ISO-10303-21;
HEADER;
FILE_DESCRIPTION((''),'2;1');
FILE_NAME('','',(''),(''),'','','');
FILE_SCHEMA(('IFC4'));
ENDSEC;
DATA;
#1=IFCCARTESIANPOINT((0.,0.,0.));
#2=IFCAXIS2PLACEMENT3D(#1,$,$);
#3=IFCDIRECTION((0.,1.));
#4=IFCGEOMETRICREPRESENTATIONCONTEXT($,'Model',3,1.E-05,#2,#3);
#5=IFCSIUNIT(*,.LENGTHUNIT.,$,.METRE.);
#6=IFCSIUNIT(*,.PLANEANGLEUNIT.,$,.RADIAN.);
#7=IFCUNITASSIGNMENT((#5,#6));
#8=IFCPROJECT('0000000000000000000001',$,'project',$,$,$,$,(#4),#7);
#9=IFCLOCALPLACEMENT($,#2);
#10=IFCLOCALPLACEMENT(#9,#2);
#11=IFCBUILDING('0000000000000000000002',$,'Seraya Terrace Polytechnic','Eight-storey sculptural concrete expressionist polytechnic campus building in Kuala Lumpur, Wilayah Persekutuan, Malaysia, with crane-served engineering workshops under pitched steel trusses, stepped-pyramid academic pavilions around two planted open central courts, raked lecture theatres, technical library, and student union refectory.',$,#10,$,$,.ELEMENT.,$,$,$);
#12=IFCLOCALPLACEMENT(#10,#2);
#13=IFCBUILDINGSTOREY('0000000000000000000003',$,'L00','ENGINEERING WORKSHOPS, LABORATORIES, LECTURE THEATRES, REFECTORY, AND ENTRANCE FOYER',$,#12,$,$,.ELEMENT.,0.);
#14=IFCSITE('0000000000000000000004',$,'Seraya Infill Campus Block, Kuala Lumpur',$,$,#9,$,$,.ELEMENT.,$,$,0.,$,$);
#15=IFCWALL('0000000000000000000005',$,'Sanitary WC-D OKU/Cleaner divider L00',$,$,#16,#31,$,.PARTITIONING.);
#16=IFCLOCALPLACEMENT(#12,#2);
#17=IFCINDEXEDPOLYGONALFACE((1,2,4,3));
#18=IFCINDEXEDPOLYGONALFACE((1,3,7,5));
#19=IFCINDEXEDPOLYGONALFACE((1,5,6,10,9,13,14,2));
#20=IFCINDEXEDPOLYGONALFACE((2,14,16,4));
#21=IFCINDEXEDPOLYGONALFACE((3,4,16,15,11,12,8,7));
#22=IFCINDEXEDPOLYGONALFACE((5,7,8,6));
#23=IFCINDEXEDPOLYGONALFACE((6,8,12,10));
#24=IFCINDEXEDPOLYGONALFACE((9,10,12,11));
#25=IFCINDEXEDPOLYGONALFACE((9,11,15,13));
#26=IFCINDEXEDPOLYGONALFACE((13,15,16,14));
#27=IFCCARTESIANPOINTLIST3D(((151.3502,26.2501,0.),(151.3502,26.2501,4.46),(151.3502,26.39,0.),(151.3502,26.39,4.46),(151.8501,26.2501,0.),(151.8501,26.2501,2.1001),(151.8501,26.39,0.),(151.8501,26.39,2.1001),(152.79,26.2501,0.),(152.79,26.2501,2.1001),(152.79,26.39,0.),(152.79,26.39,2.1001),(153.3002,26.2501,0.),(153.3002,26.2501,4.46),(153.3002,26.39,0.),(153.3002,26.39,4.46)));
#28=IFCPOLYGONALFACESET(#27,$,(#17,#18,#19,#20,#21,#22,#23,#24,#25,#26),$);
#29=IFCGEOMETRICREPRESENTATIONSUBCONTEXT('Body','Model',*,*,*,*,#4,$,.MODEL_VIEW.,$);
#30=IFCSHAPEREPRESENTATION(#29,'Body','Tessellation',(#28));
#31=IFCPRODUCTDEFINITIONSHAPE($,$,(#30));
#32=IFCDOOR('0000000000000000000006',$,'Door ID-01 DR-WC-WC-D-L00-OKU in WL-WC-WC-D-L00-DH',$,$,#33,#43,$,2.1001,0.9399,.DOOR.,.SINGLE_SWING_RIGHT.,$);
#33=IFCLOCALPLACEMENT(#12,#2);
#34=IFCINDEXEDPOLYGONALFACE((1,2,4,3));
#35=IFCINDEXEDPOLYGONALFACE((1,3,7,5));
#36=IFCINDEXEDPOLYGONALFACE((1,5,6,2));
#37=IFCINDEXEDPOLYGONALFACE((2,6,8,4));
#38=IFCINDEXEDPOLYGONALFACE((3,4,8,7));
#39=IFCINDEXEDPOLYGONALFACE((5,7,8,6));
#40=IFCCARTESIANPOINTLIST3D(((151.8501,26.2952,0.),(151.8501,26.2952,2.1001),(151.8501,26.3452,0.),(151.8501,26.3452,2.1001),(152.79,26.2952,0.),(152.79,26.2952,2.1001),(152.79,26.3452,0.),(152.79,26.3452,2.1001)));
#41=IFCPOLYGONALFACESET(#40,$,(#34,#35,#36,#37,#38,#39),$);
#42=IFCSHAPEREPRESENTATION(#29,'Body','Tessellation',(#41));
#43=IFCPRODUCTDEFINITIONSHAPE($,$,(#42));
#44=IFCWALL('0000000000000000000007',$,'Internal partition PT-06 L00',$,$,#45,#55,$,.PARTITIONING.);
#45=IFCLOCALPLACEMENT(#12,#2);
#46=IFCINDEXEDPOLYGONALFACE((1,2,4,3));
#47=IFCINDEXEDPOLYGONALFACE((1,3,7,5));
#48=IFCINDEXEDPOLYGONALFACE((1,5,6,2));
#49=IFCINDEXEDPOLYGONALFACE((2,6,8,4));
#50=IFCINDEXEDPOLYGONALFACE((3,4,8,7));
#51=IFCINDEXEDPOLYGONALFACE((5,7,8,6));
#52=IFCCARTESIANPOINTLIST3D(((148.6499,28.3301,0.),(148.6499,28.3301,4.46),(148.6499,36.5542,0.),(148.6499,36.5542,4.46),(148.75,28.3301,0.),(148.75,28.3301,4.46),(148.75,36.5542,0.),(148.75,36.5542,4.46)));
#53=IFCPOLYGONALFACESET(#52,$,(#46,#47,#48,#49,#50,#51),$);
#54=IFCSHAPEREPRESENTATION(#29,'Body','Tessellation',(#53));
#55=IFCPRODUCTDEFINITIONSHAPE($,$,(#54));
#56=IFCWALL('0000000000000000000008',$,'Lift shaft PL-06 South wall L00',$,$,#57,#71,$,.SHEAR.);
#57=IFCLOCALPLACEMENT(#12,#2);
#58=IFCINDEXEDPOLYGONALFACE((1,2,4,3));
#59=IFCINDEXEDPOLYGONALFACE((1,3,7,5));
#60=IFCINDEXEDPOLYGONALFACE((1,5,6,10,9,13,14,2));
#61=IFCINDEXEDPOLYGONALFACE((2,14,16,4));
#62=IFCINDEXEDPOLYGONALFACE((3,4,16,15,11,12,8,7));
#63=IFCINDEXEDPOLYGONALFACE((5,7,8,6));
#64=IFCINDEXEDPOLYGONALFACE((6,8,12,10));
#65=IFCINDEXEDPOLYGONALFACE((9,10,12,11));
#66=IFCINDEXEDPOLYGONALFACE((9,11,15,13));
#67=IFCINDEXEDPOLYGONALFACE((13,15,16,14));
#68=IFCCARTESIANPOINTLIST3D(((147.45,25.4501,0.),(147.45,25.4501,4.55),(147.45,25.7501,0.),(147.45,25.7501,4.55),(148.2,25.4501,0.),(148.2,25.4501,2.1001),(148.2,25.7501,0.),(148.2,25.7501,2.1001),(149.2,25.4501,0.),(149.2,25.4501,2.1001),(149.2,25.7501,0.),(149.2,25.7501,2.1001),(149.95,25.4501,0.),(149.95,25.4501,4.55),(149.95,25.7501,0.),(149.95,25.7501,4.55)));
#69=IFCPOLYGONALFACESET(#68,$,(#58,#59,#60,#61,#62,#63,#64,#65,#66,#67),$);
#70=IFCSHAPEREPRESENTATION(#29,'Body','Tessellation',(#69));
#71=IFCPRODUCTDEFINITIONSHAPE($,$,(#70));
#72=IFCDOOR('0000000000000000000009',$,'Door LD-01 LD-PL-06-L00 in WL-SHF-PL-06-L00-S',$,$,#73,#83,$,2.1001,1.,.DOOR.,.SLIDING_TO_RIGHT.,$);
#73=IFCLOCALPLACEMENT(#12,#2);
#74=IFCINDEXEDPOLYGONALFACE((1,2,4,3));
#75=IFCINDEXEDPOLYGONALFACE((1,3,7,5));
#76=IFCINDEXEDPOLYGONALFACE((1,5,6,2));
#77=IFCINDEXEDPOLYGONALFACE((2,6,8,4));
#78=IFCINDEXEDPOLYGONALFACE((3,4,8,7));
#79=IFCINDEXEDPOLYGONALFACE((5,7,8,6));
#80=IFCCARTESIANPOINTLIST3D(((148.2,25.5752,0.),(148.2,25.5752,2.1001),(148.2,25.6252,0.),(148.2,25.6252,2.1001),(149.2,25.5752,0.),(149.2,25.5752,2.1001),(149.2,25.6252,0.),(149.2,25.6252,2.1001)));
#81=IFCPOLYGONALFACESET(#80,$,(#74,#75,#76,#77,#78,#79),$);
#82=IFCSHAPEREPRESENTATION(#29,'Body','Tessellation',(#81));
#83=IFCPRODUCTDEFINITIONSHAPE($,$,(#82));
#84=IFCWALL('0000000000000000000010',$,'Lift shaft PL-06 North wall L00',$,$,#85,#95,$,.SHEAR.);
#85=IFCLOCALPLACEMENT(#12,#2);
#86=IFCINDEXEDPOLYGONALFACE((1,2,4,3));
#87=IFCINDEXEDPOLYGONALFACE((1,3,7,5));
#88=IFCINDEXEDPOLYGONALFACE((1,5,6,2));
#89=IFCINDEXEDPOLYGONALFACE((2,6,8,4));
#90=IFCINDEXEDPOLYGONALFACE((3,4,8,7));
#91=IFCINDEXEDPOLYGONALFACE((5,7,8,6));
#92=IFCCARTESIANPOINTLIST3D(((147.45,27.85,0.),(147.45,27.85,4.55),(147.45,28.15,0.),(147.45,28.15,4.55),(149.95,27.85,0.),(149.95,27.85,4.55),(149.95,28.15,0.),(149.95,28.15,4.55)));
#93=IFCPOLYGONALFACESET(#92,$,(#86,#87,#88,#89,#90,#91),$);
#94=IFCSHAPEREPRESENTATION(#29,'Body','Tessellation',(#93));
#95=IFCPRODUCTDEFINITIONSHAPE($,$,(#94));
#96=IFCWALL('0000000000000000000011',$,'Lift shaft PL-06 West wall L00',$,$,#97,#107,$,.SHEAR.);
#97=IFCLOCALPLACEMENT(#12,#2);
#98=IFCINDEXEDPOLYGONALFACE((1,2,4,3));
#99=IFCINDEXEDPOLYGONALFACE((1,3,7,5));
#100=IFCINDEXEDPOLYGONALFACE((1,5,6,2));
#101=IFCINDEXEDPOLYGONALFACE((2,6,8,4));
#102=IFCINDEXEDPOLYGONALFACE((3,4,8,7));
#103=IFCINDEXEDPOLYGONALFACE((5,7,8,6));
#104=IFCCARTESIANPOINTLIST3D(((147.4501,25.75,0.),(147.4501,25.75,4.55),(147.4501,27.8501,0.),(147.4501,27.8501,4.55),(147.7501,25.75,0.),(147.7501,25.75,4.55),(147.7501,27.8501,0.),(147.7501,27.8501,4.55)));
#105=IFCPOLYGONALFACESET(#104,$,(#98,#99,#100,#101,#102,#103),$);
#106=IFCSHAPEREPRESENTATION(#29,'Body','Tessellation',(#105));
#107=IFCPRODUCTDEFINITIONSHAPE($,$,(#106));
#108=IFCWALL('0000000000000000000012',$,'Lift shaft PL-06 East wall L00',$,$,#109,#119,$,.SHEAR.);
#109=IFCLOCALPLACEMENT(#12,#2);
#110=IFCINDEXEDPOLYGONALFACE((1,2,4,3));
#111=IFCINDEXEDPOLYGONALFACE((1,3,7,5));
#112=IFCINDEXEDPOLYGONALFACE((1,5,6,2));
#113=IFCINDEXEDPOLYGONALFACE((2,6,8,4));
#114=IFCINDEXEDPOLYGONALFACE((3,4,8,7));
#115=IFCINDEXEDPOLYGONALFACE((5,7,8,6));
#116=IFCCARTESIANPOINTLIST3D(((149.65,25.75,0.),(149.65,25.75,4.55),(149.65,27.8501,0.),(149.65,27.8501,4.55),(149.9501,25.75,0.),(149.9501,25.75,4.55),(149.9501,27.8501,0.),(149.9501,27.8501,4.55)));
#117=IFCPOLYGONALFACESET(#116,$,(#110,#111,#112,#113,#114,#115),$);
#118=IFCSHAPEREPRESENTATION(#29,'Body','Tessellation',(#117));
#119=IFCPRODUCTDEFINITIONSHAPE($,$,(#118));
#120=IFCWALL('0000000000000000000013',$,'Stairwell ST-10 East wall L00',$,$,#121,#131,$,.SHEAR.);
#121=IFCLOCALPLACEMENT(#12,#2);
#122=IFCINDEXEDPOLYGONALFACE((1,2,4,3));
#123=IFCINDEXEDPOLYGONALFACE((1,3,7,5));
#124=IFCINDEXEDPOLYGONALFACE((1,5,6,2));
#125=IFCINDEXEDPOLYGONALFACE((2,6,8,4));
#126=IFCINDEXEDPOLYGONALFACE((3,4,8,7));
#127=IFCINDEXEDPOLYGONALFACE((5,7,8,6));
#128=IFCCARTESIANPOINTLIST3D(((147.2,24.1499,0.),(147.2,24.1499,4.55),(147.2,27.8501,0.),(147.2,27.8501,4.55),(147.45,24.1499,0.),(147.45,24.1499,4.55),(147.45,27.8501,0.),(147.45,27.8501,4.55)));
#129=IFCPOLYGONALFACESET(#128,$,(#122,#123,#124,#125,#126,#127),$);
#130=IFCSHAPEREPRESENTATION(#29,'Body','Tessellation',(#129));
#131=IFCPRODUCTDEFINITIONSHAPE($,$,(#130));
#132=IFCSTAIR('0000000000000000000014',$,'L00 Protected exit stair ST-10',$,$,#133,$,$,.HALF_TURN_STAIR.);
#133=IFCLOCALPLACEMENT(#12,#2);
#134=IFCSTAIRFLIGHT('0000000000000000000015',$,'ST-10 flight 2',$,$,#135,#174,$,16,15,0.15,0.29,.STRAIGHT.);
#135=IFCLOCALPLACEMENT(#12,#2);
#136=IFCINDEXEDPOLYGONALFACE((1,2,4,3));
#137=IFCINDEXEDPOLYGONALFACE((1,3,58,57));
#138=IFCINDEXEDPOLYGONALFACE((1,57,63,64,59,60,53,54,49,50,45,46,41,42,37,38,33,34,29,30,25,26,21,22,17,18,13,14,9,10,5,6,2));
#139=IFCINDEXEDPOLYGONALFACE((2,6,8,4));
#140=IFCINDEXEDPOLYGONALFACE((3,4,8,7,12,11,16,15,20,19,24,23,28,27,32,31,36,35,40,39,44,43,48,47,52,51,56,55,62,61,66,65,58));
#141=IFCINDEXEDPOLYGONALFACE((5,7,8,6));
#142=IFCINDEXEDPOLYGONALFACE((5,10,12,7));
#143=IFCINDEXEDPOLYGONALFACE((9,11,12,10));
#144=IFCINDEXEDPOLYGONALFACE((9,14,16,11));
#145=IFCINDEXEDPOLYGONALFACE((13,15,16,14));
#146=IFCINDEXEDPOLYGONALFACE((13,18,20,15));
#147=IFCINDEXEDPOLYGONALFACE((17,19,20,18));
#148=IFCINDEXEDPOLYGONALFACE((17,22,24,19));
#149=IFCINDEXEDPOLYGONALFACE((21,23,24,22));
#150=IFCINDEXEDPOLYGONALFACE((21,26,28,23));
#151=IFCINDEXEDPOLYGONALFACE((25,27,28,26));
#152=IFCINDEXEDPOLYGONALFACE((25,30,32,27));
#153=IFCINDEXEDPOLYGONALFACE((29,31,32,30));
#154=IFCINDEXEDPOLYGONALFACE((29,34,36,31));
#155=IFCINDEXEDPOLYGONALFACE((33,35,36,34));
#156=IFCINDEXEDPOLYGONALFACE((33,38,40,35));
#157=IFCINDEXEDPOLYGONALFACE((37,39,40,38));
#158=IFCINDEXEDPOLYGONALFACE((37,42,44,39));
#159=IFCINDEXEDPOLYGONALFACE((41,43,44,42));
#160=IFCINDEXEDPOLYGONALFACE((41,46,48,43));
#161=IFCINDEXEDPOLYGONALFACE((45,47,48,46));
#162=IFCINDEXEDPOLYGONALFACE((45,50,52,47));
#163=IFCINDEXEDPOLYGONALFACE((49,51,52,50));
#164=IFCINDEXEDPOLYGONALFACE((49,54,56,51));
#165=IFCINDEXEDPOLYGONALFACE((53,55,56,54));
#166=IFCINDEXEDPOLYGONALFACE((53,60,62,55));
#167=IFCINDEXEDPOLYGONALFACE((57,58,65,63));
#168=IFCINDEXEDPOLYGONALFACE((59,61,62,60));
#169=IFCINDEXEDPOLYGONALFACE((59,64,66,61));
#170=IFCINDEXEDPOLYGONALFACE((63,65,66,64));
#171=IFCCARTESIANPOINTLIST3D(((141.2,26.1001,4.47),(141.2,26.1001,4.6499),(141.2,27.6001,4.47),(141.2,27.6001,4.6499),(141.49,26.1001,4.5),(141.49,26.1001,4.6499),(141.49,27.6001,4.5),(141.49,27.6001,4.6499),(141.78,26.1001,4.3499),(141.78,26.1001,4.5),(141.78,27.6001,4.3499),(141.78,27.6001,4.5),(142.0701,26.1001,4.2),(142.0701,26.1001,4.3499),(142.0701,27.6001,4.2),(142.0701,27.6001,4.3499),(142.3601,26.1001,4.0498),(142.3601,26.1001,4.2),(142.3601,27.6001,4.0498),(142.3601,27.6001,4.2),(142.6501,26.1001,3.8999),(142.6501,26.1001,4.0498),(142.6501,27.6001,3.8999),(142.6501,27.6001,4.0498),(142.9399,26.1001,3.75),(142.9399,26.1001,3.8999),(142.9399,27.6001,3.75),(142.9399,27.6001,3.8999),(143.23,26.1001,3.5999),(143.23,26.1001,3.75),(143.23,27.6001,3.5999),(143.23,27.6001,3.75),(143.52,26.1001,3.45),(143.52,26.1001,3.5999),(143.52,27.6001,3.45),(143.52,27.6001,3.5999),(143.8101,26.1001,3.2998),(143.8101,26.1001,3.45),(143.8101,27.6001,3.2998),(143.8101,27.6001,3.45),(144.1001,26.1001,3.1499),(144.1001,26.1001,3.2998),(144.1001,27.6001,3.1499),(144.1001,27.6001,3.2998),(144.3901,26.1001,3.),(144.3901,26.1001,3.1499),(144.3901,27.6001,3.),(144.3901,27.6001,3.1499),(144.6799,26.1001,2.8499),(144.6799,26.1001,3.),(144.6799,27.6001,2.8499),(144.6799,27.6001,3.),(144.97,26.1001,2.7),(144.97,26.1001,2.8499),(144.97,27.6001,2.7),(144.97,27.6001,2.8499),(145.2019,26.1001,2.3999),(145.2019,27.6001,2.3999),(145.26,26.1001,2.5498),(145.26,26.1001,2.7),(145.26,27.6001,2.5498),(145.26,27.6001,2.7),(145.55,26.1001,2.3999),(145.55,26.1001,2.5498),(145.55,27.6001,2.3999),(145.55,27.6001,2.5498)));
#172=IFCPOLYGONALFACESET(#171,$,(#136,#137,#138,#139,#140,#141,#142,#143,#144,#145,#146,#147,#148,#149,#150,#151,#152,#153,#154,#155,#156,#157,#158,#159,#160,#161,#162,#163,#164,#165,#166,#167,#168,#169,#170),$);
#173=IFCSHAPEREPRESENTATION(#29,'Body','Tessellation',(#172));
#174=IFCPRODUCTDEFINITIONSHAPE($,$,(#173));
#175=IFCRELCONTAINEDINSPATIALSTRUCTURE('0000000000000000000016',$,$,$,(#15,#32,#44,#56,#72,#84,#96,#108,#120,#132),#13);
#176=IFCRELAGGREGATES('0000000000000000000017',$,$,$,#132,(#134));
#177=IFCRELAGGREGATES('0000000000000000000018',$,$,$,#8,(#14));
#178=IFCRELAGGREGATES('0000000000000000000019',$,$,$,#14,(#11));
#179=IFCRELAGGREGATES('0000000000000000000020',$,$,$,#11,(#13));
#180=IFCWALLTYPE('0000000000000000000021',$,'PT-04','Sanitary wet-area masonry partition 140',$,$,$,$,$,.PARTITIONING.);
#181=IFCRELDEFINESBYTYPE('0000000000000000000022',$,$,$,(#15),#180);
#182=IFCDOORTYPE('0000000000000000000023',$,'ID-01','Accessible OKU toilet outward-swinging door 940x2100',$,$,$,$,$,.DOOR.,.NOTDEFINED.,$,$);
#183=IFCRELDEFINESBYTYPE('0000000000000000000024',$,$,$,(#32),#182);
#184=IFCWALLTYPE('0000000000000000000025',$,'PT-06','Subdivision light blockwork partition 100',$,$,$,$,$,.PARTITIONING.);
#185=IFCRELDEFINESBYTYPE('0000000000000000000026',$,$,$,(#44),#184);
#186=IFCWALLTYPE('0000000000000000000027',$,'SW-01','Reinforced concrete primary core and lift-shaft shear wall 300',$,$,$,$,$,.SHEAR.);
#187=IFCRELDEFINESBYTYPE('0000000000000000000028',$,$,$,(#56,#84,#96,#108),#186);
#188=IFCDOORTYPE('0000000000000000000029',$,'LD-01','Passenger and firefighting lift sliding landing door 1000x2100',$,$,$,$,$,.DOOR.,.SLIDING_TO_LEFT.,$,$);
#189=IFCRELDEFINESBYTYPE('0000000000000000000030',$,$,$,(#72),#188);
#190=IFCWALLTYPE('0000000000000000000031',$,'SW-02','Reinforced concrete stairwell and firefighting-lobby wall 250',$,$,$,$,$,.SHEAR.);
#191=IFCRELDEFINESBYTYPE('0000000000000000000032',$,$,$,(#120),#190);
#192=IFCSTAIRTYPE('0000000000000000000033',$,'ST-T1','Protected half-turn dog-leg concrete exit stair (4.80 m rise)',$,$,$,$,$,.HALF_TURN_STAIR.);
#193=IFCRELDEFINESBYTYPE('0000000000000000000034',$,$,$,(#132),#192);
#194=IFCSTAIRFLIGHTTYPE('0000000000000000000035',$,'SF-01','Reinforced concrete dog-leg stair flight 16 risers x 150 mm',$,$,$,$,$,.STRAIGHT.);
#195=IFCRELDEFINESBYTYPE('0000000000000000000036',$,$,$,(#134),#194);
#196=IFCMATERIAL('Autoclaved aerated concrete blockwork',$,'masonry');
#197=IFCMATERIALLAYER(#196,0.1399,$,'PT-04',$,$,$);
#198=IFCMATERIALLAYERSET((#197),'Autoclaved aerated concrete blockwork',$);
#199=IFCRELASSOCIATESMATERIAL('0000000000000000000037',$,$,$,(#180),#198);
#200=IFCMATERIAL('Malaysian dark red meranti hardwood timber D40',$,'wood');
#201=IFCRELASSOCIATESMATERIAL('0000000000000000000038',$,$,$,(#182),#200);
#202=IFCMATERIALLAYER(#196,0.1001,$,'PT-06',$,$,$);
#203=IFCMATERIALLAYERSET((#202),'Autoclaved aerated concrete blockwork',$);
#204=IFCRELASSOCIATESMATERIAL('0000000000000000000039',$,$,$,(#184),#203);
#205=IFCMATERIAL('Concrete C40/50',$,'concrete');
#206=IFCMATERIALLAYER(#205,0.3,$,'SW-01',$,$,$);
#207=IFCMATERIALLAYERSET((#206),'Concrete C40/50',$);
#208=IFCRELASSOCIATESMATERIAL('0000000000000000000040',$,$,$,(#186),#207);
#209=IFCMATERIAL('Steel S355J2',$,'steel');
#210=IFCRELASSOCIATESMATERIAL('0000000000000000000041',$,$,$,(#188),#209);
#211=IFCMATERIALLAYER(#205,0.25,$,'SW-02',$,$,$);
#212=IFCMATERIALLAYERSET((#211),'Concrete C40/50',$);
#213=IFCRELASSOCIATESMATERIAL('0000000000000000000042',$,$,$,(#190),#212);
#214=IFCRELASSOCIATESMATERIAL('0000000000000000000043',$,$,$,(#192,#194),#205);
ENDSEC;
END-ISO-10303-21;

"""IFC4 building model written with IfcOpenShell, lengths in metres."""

from ifc_helpers import new_model, si_unit, direction, frame, frame_2d, origin, place, context, subcontext, project, spatial, polyline, rectangle, outline, extrude, material, layer, layer_set, type_object, element, fill, aggregate, save


model = new_model("IFC4")

# Units and contexts
model_context = context("Model", 3, precision=1e-05, world=origin(), true_north=direction((0.0, 1.0)))
body_context = subcontext(model_context, "Body", "Model", "MODEL_VIEW")
ifc_project = project(units=[si_unit("LENGTHUNIT", "METRE"), si_unit("PLANEANGLEUNIT", "RADIAN")], contexts=[model_context])

# Site, building, storey
site_placement = place(None, origin())
site = spatial("IfcSite", under=ifc_project, at=site_placement, Name="Seraya Infill Campus Block, Kuala Lumpur", CompositionType="ELEMENT", RefElevation=0.0)
building_placement = place(site_placement, origin())
building = spatial("IfcBuilding", under=site, at=building_placement, Name="Seraya Terrace Polytechnic", Description="Eight-storey sculptural concrete expressionist polytechnic campus building in Kuala Lumpur, Wilayah Persekutuan, Malaysia, with crane-served engineering workshops under pitched steel trusses, stepped-pyramid academic pavilions around two planted open central courts, raked lecture theatres, technical library, and student union refectory.", CompositionType="ELEMENT")
storey_placement = place(building_placement, origin())
storey = spatial("IfcBuildingStorey", under=building, at=storey_placement, Name="L00", Description="ENGINEERING WORKSHOPS, LABORATORIES, LECTURE THEATRES, REFECTORY, AND ENTRANCE FOYER", CompositionType="ELEMENT", Elevation=0.0)

# Shared definitions
ifc_material_1 = material(Name="Concrete C40/50", Category="concrete")

# Shared definitions
ifc_material_2 = material(Name="Autoclaved aerated concrete blockwork", Category="masonry")
ifc_layer_1 = layer(ifc_material_2, 0.1399, Name="PT-04")
ifc_layer_set_1 = layer_set([ifc_layer_1], Name="Autoclaved aerated concrete blockwork")
wall_type_1 = type_object("IfcWallType", Name="PT-04", Description="Sanitary wet-area masonry partition 140", PredefinedType="PARTITIONING", material=ifc_layer_set_1)

# Wall, opening, door
wall_1_placement = place(storey_placement, frame((151.3501, 26.3201, 0.0), z_axis=(0.0, 0.0, 1.0), x_axis=(1.0, 0.0, 0.0)))
wall_1 = element("IfcWall", 1, at=wall_1_placement, inside=storey, type_object=wall_type_1, Name="Sanitary WC-D OKU/Cleaner divider L00", PredefinedType="PARTITIONING", context=body_context, shape_type="SweptSolid", body=[
    extrude(rectangle(XDim=1.95, YDim=0.1399, at=frame_2d((0.9751, 0.0))), origin(), (0.0, 0.0, 1.0), 4.46),
])
opening_1_placement = place(wall_1_placement, frame((0.5, 0.0, 0.0)))
opening_1 = element("IfcOpeningElement", 2, at=opening_1_placement, cuts=wall_1, PredefinedType="OPENING", context=body_context, shape_type="SweptSolid", body=[
    extrude(rectangle(XDim=0.9399, YDim=2.1001, at=frame_2d((0.47, 1.05))), frame((0.0, 0.082, 0.0), z_axis=(0.0, -1.0, 0.0), x_axis=(1.0, 0.0, 0.0)), (0.0, 0.0, 1.0), 0.1638),
])
ifc_material_3 = material(Name="Malaysian dark red meranti hardwood timber D40", Category="wood")
door_type_1 = type_object("IfcDoorType", Name="ID-01", Description="Accessible OKU toilet outward-swinging door 940x2100", OperationType="NOTDEFINED", PredefinedType="DOOR", material=ifc_material_3)
door_1_placement = place(opening_1_placement, frame((0.9399, 0.0, 0.0), z_axis=(0.0, 0.0, 1.0), x_axis=(-1.0, 0.0, 0.0)))
door_1 = element("IfcDoor", 3, at=door_1_placement, inside=storey, type_object=door_type_1, Name="Door ID-01 DR-WC-WC-D-L00-OKU in WL-WC-WC-D-L00-DH", OperationType="SINGLE_SWING_RIGHT", OverallHeight=2.1001, OverallWidth=0.9399, PredefinedType="DOOR", context=body_context, shape_type="SweptSolid", body=[
    extrude(rectangle(XDim=0.9399, YDim=2.1001, at=frame_2d((0.47, 1.05))), frame((0.0, 0.0249, 0.0), z_axis=(0.0, -1.0, 0.0), x_axis=(1.0, 0.0, 0.0)), (0.0, 0.0, 1.0), 0.05),
])
fill(opening_1, door_1)

# Wall
ifc_layer_2 = layer(ifc_material_2, 0.1001, Name="PT-06")
ifc_layer_set_2 = layer_set([ifc_layer_2], Name="Autoclaved aerated concrete blockwork")
wall_type_2 = type_object("IfcWallType", Name="PT-06", Description="Subdivision light blockwork partition 100", PredefinedType="PARTITIONING", material=ifc_layer_set_2)
wall_2_placement = place(storey_placement, frame((148.7, 28.3301, 0.0), z_axis=(0.0, 0.0, 1.0), x_axis=(0.0, 1.0, 0.0)))
element("IfcWall", 4, at=wall_2_placement, inside=storey, type_object=wall_type_2, Name="Internal partition PT-06 L00", PredefinedType="PARTITIONING", context=body_context, shape_type="SweptSolid", body=[
    extrude(rectangle(XDim=8.2241, YDim=0.1001, at=frame_2d((4.1121, 0.0))), origin(), (0.0, 0.0, 1.0), 4.46),
])

# Wall, opening, door
ifc_layer_3 = layer(ifc_material_1, 0.3, Name="SW-01")
ifc_layer_set_3 = layer_set([ifc_layer_3], Name="Concrete C40/50")
wall_type_3 = type_object("IfcWallType", Name="SW-01", Description="Reinforced concrete primary core and lift-shaft shear wall 300", PredefinedType="SHEAR", material=ifc_layer_set_3)
wall_3_placement = place(storey_placement, frame((147.45, 25.6001, 0.0), z_axis=(0.0, 0.0, 1.0), x_axis=(1.0, 0.0, 0.0)))
wall_3 = element("IfcWall", 5, at=wall_3_placement, inside=storey, type_object=wall_type_3, Name="Lift shaft PL-06 South wall L00", PredefinedType="SHEAR", context=body_context, shape_type="SweptSolid", body=[
    extrude(rectangle(XDim=2.5, YDim=0.3, at=frame_2d((1.25, 0.0))), origin(), (0.0, 0.0, 1.0), 4.55),
])
opening_2_placement = place(wall_3_placement, frame((0.75, 0.0, 0.0)))
opening_2 = element("IfcOpeningElement", 6, at=opening_2_placement, cuts=wall_3, PredefinedType="OPENING", context=body_context, shape_type="SweptSolid", body=[
    extrude(rectangle(XDim=1.0, YDim=2.1001, at=frame_2d((0.5, 1.05))), frame((0.0, 0.1621, 0.0), z_axis=(0.0, -1.0, 0.0), x_axis=(1.0, 0.0, 0.0)), (0.0, 0.0, 1.0), 0.324),
])
ifc_material_4 = material(Name="Steel S355J2", Category="steel")
door_type_2 = type_object("IfcDoorType", Name="LD-01", Description="Passenger and firefighting lift sliding landing door 1000x2100", OperationType="SLIDING_TO_LEFT", PredefinedType="DOOR", material=ifc_material_4)
door_2_placement = place(opening_2_placement, frame((1.0, 0.0, 0.0), z_axis=(0.0, 0.0, 1.0), x_axis=(-1.0, 0.0, 0.0)))
door_2 = element("IfcDoor", 7, at=door_2_placement, inside=storey, type_object=door_type_2, Name="Door LD-01 LD-PL-06-L00 in WL-SHF-PL-06-L00-S", OperationType="SLIDING_TO_RIGHT", OverallHeight=2.1001, OverallWidth=1.0, PredefinedType="DOOR", context=body_context, shape_type="SweptSolid", body=[
    extrude(rectangle(XDim=1.0, YDim=2.1001, at=frame_2d((0.5, 1.05))), frame((0.0, 0.0249, 0.0), z_axis=(0.0, -1.0, 0.0), x_axis=(1.0, 0.0, 0.0)), (0.0, 0.0, 1.0), 0.05),
])
fill(opening_2, door_2)

# Walls
wall_4_placement = place(storey_placement, frame((147.45, 28.0, 0.0), z_axis=(0.0, 0.0, 1.0), x_axis=(1.0, 0.0, 0.0)))
element("IfcWall", 8, at=wall_4_placement, inside=storey, type_object=wall_type_3, Name="Lift shaft PL-06 North wall L00", PredefinedType="SHEAR", context=body_context, shape_type="SweptSolid", body=[
    extrude(rectangle(XDim=2.5, YDim=0.3, at=frame_2d((1.25, 0.0))), origin(), (0.0, 0.0, 1.0), 4.55),
])
for number, where, z_axis, x_axis, name in (
    (9, (147.6001, 25.75, 0.0), (0.0, 0.0, 1.0), (0.0, 1.0, 0.0), "Lift shaft PL-06 West wall L00"),
    (10, (149.8, 25.75, 0.0), (0.0, 0.0, 1.0), (0.0, 1.0, 0.0), "Lift shaft PL-06 East wall L00"),
):
    element("IfcWall", number, at=place(storey_placement, frame(where, z_axis=z_axis, x_axis=x_axis)), inside=storey, type_object=wall_type_3, Name=name, PredefinedType="SHEAR", context=body_context, shape_type="SweptSolid", body=[
        extrude(rectangle(XDim=2.1001, YDim=0.3, at=frame_2d((1.05, 0.0))), origin(), (0.0, 0.0, 1.0), 4.55),
    ])
ifc_layer_4 = layer(ifc_material_1, 0.25, Name="SW-02")
ifc_layer_set_4 = layer_set([ifc_layer_4], Name="Concrete C40/50")
wall_type_4 = type_object("IfcWallType", Name="SW-02", Description="Reinforced concrete stairwell and firefighting-lobby wall 250", PredefinedType="SHEAR", material=ifc_layer_set_4)
wall_5_placement = place(storey_placement, frame((147.325, 24.1499, 0.0), z_axis=(0.0, 0.0, 1.0), x_axis=(0.0, 1.0, 0.0)))
element("IfcWall", 11, at=wall_5_placement, inside=storey, type_object=wall_type_4, Name="Stairwell ST-10 East wall L00", PredefinedType="SHEAR", context=body_context, shape_type="SweptSolid", body=[
    extrude(rectangle(XDim=3.7002, YDim=0.25, at=frame_2d((1.8501, 0.0))), origin(), (0.0, 0.0, 1.0), 4.55),
])

# Stair, stair flight
stair_type = type_object("IfcStairType", Name="ST-T1", Description="Protected half-turn dog-leg concrete exit stair (4.80 m rise)", PredefinedType="HALF_TURN_STAIR", material=ifc_material_1)
stair_placement = place(storey_placement, origin())
stair = element("IfcStair", 12, at=stair_placement, inside=storey, type_object=stair_type, Name="L00 Protected exit stair ST-10", PredefinedType="HALF_TURN_STAIR")
stair_flight_type = type_object("IfcStairFlightType", Name="SF-01", Description="Reinforced concrete dog-leg stair flight 16 risers x 150 mm", PredefinedType="STRAIGHT", material=ifc_material_1)
stair_flight_placement = place(storey_placement, frame((145.55, 26.8501, 2.3999), z_axis=(0.0, 0.0, 1.0), x_axis=(-1.0, 0.0, 0.0)))
stair_flight = element("IfcStairFlight", 13, at=stair_flight_placement, type_object=stair_flight_type, Name="ST-10 flight 2", NumberOfRisers=16, NumberOfTreads=15, PredefinedType="STRAIGHT", RiserHeight=0.15, TreadLength=0.29, context=body_context, shape_type="SweptSolid", body=[
    extrude(outline(polyline([(0.0, 0.0), (0.0, 0.1499), (0.29, 0.1499), (0.29, 0.3), (0.5801, 0.3), (0.5801, 0.45), (0.8701, 0.45), (0.8701, 0.6001), (1.1599, 0.6001), (1.1599, 0.75), (1.45, 0.75), (1.45, 0.8999), (1.74, 0.8999), (1.74, 1.05), (2.03, 1.05), (2.03, 1.2), (2.3201, 1.2), (2.3201, 1.3501), (2.6101, 1.3501), (2.6101, 1.5), (2.8999, 1.5), (2.8999, 1.6499), (3.1899, 1.6499), (3.1899, 1.8), (3.48, 1.8), (3.48, 1.95), (3.77, 1.95), (3.77, 2.1001), (4.0601, 2.1001), (4.0601, 2.25), (4.3501, 2.25), (4.3501, 2.3999), (4.3501, 2.0701), (0.3481, 0.0), (0.0, 0.0)])), frame((0.0, 0.75, 0.0), z_axis=(0.0, -1.0, 0.0), x_axis=(1.0, 0.0, 0.0)), (0.0, 0.0, 1.0), 1.5),
])
aggregate(stair, [stair_flight])

save(model, "model.ifc")
